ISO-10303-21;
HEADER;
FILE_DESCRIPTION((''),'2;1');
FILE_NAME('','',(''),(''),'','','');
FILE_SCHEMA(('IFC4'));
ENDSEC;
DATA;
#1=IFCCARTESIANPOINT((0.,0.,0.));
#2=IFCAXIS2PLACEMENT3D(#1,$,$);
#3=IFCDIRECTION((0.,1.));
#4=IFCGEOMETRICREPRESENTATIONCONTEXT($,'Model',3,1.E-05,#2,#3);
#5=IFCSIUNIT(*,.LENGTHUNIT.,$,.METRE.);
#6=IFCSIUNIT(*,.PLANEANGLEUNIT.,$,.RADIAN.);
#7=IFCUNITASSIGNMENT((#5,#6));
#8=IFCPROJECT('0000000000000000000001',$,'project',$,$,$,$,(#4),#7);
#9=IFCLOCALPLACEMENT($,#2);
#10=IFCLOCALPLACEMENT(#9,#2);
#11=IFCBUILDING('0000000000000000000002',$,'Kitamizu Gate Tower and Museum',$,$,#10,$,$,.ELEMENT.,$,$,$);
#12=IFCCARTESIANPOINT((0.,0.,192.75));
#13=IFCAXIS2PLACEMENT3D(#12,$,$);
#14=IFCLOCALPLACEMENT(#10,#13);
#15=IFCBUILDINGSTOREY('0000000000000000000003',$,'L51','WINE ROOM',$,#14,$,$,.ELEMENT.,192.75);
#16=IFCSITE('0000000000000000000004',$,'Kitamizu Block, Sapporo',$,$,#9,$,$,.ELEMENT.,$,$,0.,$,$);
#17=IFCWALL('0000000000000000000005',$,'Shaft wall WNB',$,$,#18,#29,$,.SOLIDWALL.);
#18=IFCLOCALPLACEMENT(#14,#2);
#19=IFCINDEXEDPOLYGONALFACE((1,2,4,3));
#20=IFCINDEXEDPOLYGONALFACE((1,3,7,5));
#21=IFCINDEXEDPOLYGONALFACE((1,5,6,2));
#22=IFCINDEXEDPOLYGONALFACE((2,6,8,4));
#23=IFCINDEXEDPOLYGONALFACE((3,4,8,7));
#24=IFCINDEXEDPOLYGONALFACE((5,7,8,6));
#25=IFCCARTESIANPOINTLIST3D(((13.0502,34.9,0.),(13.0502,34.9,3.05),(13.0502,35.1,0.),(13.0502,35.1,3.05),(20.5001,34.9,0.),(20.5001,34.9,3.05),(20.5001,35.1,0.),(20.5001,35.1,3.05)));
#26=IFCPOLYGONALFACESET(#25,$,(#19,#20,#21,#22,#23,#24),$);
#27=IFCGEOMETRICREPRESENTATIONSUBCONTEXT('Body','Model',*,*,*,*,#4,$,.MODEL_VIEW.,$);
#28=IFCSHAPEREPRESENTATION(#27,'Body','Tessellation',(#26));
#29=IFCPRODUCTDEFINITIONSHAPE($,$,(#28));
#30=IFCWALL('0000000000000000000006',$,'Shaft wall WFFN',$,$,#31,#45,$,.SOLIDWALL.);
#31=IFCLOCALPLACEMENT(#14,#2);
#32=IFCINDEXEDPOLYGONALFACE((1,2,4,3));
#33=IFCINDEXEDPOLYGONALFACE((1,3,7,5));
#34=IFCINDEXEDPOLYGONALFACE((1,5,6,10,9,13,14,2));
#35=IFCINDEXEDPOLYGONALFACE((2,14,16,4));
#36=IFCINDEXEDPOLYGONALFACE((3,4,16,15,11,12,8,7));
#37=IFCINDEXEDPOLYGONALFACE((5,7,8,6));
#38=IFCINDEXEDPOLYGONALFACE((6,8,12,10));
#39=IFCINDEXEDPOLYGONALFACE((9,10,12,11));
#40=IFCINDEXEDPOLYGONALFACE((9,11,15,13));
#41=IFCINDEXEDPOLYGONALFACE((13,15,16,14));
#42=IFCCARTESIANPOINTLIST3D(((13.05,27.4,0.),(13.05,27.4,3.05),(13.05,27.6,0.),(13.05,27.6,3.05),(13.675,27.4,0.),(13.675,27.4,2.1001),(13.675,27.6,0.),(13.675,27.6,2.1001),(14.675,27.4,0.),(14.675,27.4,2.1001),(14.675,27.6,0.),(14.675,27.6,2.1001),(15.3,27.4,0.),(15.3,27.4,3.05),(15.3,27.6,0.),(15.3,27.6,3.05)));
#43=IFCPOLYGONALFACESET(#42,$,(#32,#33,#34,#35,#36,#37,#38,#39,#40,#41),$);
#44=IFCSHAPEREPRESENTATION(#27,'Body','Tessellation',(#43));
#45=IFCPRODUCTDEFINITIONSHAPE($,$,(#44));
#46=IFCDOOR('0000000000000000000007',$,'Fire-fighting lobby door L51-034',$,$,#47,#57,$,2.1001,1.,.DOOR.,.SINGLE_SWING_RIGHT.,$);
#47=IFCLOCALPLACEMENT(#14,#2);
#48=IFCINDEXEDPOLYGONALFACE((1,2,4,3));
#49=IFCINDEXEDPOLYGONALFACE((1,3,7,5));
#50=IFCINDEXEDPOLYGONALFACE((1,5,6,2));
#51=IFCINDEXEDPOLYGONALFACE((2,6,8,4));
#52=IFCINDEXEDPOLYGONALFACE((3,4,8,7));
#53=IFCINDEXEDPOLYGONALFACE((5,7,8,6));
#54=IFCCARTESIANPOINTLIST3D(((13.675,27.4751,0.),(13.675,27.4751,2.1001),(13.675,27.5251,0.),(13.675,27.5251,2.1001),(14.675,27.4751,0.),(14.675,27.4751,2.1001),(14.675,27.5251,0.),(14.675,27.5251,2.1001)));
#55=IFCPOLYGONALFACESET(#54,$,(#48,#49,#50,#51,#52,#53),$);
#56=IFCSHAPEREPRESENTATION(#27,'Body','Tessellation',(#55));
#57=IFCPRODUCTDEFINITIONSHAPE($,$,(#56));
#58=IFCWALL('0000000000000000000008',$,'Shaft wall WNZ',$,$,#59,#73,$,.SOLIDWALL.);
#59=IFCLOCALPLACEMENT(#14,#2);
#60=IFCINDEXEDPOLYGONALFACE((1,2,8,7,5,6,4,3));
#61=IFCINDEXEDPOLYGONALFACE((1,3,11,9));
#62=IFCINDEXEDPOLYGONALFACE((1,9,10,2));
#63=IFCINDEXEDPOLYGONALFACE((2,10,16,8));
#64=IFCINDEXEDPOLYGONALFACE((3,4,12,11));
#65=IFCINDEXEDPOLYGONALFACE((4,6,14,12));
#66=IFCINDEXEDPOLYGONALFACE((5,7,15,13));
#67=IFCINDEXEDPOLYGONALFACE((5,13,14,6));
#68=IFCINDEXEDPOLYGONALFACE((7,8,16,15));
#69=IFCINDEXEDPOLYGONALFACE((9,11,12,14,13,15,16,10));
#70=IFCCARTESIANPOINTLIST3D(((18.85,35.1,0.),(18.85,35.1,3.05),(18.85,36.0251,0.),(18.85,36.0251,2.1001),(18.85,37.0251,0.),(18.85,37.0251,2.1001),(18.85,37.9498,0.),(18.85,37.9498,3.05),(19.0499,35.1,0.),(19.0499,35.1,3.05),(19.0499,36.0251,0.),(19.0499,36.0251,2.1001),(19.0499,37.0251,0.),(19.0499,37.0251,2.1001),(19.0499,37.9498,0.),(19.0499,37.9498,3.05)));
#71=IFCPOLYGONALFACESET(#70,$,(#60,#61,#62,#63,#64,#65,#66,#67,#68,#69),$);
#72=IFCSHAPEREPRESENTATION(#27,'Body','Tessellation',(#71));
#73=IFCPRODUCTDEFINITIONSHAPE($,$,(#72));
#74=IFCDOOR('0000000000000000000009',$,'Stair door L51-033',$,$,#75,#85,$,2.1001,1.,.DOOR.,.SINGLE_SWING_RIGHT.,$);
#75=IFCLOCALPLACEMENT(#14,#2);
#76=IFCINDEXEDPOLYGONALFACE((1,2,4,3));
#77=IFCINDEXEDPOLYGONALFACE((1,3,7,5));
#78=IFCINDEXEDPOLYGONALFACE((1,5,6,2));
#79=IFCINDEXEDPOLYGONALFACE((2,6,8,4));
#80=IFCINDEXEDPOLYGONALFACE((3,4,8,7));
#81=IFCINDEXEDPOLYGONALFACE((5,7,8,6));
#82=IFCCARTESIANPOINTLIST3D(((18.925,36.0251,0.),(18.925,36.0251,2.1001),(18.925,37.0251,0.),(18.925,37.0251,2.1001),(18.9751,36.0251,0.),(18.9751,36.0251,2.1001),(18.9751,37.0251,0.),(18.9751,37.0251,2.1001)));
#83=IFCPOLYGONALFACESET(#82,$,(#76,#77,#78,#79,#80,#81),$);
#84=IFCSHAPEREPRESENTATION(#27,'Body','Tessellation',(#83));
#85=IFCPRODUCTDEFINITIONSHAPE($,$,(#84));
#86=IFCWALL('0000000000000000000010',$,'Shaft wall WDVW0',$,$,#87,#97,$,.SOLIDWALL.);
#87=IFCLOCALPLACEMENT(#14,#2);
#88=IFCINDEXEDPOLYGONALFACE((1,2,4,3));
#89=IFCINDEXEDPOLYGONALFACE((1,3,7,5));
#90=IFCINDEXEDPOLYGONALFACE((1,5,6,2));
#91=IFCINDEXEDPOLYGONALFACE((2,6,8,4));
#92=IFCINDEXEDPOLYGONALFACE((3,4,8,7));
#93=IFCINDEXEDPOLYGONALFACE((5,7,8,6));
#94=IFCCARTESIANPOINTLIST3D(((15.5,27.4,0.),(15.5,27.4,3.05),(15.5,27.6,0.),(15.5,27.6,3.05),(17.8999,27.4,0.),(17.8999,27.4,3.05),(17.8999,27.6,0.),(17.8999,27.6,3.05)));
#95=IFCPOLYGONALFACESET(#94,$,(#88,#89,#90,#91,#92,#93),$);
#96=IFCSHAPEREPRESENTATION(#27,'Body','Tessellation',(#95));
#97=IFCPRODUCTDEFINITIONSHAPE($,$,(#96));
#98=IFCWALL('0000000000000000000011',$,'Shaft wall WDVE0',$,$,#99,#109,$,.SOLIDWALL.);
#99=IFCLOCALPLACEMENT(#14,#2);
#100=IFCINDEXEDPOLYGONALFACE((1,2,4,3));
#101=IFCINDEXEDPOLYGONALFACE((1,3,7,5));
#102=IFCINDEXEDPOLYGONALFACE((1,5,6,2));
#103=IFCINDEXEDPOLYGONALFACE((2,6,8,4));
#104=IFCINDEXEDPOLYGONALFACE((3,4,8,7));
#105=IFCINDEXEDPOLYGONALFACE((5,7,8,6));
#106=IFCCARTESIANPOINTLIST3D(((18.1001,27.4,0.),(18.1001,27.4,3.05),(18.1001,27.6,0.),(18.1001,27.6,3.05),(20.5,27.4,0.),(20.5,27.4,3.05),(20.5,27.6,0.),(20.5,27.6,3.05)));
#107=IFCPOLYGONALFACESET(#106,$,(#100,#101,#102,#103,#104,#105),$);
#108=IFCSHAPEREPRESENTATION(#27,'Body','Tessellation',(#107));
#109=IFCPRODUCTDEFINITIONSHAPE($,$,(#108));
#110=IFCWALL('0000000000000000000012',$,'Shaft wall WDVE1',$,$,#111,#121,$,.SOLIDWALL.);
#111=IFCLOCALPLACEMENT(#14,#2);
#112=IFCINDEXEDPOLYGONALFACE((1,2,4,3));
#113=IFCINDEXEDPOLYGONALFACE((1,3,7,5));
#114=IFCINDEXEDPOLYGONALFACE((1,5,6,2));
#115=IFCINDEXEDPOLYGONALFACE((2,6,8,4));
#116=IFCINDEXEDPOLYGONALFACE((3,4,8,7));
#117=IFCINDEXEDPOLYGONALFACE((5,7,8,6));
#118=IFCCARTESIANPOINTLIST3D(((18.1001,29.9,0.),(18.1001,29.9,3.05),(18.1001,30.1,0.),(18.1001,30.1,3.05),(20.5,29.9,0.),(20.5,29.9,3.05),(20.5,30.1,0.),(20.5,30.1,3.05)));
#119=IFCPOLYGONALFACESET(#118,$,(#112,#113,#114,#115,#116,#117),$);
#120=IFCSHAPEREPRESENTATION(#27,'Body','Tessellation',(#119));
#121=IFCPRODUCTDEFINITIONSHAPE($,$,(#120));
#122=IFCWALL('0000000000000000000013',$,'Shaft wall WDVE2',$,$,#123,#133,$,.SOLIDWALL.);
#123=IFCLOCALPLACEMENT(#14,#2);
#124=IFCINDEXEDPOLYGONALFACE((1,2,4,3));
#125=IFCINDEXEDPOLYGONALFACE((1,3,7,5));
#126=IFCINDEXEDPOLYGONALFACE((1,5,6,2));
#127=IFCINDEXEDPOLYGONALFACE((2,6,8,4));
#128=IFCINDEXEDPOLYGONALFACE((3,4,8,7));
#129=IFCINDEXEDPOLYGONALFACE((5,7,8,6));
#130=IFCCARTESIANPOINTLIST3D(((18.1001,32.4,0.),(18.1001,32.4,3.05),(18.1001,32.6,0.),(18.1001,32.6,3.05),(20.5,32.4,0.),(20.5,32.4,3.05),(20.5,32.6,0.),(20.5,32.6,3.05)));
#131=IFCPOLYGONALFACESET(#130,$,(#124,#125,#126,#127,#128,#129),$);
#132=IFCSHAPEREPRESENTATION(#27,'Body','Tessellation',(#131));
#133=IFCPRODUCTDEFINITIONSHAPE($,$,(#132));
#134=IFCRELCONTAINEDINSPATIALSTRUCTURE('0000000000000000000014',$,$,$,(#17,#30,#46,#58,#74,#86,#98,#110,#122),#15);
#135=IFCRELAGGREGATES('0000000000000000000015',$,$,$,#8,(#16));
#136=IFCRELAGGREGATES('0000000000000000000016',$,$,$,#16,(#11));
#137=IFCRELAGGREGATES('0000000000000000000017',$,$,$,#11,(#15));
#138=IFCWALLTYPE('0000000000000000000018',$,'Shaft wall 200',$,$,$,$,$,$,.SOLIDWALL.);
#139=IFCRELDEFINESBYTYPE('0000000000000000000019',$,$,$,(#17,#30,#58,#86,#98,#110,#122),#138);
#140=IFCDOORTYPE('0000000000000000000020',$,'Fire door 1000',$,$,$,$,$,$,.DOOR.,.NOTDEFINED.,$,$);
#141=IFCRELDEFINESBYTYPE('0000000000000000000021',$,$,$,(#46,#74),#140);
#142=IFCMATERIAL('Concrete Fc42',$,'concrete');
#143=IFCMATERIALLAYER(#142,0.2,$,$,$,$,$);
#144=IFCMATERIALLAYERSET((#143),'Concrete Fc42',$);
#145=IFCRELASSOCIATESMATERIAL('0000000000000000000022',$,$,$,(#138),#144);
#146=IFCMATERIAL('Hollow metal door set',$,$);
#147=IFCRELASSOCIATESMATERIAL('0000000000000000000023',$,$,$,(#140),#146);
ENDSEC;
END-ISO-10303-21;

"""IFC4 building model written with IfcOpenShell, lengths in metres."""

from ifc_helpers import new_model, si_unit, direction, frame, frame_2d, origin, place, context, subcontext, project, spatial, rectangle, extrude, material, layer, layer_set, type_object, element, fill, save


model = new_model("IFC4")

# Units and contexts
model_context = context("Model", 3, precision=1e-05, world=origin(), true_north=direction((0.0, 1.0)))
body_context = subcontext(model_context, "Body", "Model", "MODEL_VIEW")
ifc_project = project(units=[si_unit("LENGTHUNIT", "METRE"), si_unit("PLANEANGLEUNIT", "RADIAN")], contexts=[model_context])

# Site, building, storey
site_placement = place(None, origin())
site = spatial("IfcSite", under=ifc_project, at=site_placement, Name="Kitamizu Block, Sapporo", CompositionType="ELEMENT", RefElevation=0.0)
building_placement = place(site_placement, origin())
building = spatial("IfcBuilding", under=site, at=building_placement, Name="Kitamizu Gate Tower and Museum", CompositionType="ELEMENT")
storey_placement = place(building_placement, frame((0.0, 0.0, 192.75)))
storey = spatial("IfcBuildingStorey", under=building, at=storey_placement, Name="L51", Description="WINE ROOM", CompositionType="ELEMENT", Elevation=192.75)

# Shared definitions
ifc_material_1 = material(Name="Concrete Fc42", Category="concrete")
ifc_layer_1 = layer(ifc_material_1, 0.2)
ifc_layer_set_1 = layer_set([ifc_layer_1], Name="Concrete Fc42")
wall_type_1 = type_object("IfcWallType", Name="Shaft wall 200", PredefinedType="SOLIDWALL", material=ifc_layer_set_1)
ifc_material_2 = material(Name="Hollow metal door set")
door_type_1 = type_object("IfcDoorType", Name="Fire door 1000", OperationType="NOTDEFINED", PredefinedType="DOOR", material=ifc_material_2)

# Wall
for number, where, z_axis, x_axis, name in (
    (1, (13.05, 35.0, 0.0), (0.0, 0.0, 1.0), (1.0, 0.0, 0.0), "Shaft wall WNB"),
):
    element("IfcWall", number, at=place(storey_placement, frame(where, z_axis=z_axis, x_axis=x_axis)), inside=storey, type_object=wall_type_1, Name=name, PredefinedType="SOLIDWALL", context=body_context, shape_type="SweptSolid", body=[
        extrude(rectangle(XDim=7.45, YDim=0.2, at=frame_2d((3.7251, 0.0))), origin(), (0.0, 0.0, 1.0), 3.05),
    ])

# Walls, openings, doors
wall_1_placement = place(storey_placement, frame((13.05, 27.5, 0.0), z_axis=(0.0, 0.0, 1.0), x_axis=(1.0, 0.0, 0.0)))
wall_1 = element("IfcWall", 2, at=wall_1_placement, inside=storey, type_object=wall_type_1, Name="Shaft wall WFFN", PredefinedType="SOLIDWALL", context=body_context, shape_type="SweptSolid", body=[
    extrude(rectangle(XDim=2.25, YDim=0.2, at=frame_2d((1.125, 0.0))), origin(), (0.0, 0.0, 1.0), 3.05),
])
opening_1_placement = place(wall_1_placement, frame((0.625, 0.0, 0.0)))
opening_1 = element("IfcOpeningElement", 3, at=opening_1_placement, cuts=wall_1, PredefinedType="OPENING", context=body_context, shape_type="SweptSolid", body=[
    extrude(rectangle(XDim=1.0, YDim=2.1001, at=frame_2d((0.5, 1.05))), frame((0.0, 0.1099, 0.0), z_axis=(0.0, -1.0, 0.0), x_axis=(1.0, 0.0, 0.0)), (0.0, 0.0, 1.0), 0.22),
])
door_1_placement = place(opening_1_placement, frame((1.0, 0.0, 0.0), x_axis=(-1.0, 0.0, 0.0)))
door_1 = element("IfcDoor", 4, at=door_1_placement, inside=storey, type_object=door_type_1, Name="Fire-fighting lobby door L51-034", OperationType="SINGLE_SWING_RIGHT", OverallHeight=2.1001, OverallWidth=1.0, PredefinedType="DOOR", context=body_context, shape_type="SweptSolid", body=[
    extrude(rectangle(XDim=1.0, YDim=2.1001, at=frame_2d((0.5, 1.05))), frame((0.0, 0.0249, 0.0), z_axis=(0.0, -1.0, 0.0), x_axis=(1.0, 0.0, 0.0)), (0.0, 0.0, 1.0), 0.05),
])
fill(opening_1, door_1)
wall_2_placement = place(storey_placement, frame((18.95, 35.1001, 0.0), z_axis=(0.0, 0.0, 1.0), x_axis=(0.0, 1.0, 0.0)))
wall_2 = element("IfcWall", 5, at=wall_2_placement, inside=storey, type_object=wall_type_1, Name="Shaft wall WNZ", PredefinedType="SOLIDWALL", context=body_context, shape_type="SweptSolid", body=[
    extrude(rectangle(XDim=2.8499, YDim=0.2, at=frame_2d((1.4248, 0.0))), origin(), (0.0, 0.0, 1.0), 3.05),
])
opening_2_placement = place(wall_2_placement, frame((0.925, 0.0, 0.0)))
opening_2 = element("IfcOpeningElement", 6, at=opening_2_placement, cuts=wall_2, PredefinedType="OPENING", context=body_context, shape_type="SweptSolid", body=[
    extrude(rectangle(XDim=1.0, YDim=2.1001, at=frame_2d((0.5, 1.05))), frame((0.0, 0.1099, 0.0), z_axis=(0.0, -1.0, 0.0), x_axis=(1.0, 0.0, 0.0)), (0.0, 0.0, 1.0), 0.22),
])
door_2_placement = place(opening_2_placement, origin())
door_2 = element("IfcDoor", 7, at=door_2_placement, inside=storey, type_object=door_type_1, Name="Stair door L51-033", OperationType="SINGLE_SWING_RIGHT", OverallHeight=2.1001, OverallWidth=1.0, PredefinedType="DOOR", context=body_context, shape_type="SweptSolid", body=[
    extrude(rectangle(XDim=1.0, YDim=2.1001, at=frame_2d((0.5, 1.05))), frame((0.0, 0.0249, 0.0), z_axis=(0.0, -1.0, 0.0), x_axis=(1.0, 0.0, 0.0)), (0.0, 0.0, 1.0), 0.05),
])
fill(opening_2, door_2)

# Walls
for number, where, z_axis, x_axis, name in (
    (8, (15.5, 27.5, 0.0), (0.0, 0.0, 1.0), (1.0, 0.0, 0.0), "Shaft wall WDVW0"),
    (9, (18.1001, 27.5, 0.0), (0.0, 0.0, 1.0), (1.0, 0.0, 0.0), "Shaft wall WDVE0"),
    (10, (18.1001, 30.0, 0.0), (0.0, 0.0, 1.0), (1.0, 0.0, 0.0), "Shaft wall WDVE1"),
    (11, (18.1001, 32.5, 0.0), (0.0, 0.0, 1.0), (1.0, 0.0, 0.0), "Shaft wall WDVE2"),
):
    element("IfcWall", number, at=place(storey_placement, frame(where, z_axis=z_axis, x_axis=x_axis)), inside=storey, type_object=wall_type_1, Name=name, PredefinedType="SOLIDWALL", context=body_context, shape_type="SweptSolid", body=[
        extrude(rectangle(XDim=2.3999, YDim=0.2, at=frame_2d((1.2, 0.0))), origin(), (0.0, 0.0, 1.0), 3.05),
    ])

save(model, "model.ifc")
